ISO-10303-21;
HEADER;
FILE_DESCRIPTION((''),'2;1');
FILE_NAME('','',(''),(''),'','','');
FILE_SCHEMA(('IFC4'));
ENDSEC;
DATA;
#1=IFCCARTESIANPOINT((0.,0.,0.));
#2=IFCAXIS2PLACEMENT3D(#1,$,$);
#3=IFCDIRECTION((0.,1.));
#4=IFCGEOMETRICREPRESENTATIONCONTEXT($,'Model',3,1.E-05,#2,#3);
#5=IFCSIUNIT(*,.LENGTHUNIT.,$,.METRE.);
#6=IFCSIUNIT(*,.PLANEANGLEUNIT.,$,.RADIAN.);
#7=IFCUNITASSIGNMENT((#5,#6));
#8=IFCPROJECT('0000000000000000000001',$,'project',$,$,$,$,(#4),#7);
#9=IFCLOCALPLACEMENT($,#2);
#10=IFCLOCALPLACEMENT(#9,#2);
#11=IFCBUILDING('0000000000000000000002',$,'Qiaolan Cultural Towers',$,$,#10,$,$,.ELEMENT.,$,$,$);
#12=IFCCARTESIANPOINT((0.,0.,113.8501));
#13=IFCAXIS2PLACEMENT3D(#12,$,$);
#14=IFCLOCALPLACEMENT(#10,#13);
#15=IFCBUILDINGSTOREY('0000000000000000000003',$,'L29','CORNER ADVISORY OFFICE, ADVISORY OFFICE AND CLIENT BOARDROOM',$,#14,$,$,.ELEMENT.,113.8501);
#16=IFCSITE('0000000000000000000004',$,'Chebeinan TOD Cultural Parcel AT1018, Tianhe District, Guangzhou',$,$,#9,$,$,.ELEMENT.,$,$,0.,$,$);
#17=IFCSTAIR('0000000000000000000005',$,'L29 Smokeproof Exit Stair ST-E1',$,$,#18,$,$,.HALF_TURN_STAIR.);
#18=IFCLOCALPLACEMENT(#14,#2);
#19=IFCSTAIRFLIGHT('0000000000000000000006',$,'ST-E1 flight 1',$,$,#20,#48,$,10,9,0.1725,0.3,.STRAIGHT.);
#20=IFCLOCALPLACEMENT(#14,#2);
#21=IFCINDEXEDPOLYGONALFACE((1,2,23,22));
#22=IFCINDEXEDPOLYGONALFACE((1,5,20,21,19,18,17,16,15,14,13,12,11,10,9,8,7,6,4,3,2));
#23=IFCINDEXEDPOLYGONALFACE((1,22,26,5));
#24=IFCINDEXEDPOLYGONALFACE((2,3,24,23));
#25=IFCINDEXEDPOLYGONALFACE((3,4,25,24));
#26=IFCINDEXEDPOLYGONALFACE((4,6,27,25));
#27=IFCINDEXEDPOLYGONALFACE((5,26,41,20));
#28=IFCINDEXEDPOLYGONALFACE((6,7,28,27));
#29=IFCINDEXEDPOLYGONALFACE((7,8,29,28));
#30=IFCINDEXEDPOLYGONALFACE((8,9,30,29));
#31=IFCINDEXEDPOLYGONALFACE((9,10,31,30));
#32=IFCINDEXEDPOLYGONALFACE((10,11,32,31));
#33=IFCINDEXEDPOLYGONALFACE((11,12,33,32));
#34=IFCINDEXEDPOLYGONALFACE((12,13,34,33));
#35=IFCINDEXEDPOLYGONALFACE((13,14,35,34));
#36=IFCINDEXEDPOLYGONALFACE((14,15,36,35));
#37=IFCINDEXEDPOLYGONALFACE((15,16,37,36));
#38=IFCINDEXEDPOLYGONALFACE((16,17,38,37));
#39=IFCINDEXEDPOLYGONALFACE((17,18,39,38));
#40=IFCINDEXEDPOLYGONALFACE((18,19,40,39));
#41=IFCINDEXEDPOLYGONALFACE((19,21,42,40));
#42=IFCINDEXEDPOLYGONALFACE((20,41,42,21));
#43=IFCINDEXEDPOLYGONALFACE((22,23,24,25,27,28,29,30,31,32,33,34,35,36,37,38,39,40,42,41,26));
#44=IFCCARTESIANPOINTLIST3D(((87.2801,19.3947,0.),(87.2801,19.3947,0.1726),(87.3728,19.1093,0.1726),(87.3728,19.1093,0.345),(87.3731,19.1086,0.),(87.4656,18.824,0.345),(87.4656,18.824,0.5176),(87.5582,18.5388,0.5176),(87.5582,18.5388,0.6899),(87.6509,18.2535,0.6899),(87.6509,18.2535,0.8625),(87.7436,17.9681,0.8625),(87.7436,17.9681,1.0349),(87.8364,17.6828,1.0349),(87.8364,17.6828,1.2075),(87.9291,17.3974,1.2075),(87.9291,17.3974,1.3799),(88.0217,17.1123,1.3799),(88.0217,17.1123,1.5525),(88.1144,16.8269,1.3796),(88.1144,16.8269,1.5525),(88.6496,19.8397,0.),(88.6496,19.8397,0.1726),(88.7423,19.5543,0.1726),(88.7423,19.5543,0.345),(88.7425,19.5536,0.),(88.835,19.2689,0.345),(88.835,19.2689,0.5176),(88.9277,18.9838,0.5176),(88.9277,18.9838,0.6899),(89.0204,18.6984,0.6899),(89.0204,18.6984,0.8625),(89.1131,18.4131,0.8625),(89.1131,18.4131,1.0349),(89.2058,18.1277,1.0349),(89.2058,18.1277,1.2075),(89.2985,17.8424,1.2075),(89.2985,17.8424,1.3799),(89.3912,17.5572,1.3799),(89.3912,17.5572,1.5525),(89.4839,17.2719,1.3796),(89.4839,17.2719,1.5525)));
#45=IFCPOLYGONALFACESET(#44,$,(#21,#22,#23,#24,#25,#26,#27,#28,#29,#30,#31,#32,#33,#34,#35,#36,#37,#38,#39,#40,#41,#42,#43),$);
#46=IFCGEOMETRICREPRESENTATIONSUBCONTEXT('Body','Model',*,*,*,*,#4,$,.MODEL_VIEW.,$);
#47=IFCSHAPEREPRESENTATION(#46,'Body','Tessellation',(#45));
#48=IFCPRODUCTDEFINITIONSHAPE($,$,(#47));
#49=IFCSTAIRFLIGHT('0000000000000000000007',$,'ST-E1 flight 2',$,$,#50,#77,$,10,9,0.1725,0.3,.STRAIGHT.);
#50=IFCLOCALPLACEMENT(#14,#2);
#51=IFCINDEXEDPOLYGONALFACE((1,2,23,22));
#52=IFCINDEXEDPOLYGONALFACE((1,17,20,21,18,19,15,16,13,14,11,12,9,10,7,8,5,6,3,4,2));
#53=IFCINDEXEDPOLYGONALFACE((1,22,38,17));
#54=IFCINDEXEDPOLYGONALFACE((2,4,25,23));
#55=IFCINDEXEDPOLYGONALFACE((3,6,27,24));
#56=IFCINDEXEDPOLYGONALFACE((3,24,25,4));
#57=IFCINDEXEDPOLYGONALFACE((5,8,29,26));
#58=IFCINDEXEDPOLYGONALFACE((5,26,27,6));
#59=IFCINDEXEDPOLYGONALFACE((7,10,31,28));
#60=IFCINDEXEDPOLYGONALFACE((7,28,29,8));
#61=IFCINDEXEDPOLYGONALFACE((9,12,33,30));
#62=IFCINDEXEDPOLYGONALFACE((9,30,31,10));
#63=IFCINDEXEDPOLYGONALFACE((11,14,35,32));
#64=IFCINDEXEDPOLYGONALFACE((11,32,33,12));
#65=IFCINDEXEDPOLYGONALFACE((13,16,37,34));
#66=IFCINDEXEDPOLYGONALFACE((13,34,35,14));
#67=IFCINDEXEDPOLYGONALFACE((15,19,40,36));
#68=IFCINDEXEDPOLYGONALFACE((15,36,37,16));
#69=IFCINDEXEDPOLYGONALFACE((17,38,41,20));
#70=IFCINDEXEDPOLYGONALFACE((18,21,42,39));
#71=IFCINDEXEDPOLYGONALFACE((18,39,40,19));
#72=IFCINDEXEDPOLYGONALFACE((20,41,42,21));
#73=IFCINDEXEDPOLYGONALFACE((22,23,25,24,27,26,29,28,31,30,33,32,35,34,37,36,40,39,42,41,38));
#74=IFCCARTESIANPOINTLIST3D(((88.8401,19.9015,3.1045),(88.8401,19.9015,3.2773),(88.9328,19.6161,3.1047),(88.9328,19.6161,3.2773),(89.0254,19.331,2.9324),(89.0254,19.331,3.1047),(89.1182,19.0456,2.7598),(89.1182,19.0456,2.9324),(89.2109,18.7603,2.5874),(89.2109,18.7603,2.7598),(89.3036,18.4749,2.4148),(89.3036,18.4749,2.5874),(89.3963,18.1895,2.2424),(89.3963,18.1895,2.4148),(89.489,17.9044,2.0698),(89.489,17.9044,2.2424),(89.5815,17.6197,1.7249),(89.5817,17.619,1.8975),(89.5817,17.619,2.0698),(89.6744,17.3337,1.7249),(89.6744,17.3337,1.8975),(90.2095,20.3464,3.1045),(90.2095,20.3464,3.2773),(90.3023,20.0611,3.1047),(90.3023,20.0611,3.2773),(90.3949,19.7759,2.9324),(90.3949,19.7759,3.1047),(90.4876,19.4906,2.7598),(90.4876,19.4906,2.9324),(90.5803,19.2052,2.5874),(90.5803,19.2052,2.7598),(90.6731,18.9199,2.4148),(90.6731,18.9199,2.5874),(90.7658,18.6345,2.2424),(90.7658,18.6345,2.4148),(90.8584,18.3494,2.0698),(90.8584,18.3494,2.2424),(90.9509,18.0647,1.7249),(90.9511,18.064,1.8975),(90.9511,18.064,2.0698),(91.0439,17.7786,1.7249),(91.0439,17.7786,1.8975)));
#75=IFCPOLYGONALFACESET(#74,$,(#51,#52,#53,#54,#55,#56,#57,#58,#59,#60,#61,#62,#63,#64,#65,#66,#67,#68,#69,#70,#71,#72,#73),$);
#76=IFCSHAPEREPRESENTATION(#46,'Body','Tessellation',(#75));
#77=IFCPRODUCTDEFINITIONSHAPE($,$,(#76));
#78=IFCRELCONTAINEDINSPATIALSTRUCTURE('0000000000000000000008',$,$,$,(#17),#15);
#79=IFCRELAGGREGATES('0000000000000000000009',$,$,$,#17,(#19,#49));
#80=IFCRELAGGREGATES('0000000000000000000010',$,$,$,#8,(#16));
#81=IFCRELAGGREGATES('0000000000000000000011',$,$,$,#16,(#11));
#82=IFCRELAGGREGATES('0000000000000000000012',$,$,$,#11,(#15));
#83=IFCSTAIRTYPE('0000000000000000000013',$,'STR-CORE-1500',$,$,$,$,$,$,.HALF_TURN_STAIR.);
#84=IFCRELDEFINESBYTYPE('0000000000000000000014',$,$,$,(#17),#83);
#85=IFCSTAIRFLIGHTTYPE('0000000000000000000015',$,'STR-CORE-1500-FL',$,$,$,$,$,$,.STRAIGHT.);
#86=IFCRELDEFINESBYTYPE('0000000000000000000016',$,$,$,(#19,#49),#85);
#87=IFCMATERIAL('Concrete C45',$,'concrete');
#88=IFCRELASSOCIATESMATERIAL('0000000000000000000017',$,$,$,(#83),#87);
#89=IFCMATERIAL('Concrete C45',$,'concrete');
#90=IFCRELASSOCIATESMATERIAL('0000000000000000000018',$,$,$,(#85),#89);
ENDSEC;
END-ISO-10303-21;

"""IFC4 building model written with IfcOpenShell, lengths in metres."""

from ifc_helpers import new_model, si_unit, direction, frame, origin, place, context, subcontext, project, spatial, polyline, outline, extrude, material, type_object, element, aggregate, save


model = new_model("IFC4")

# Units and contexts
model_context = context("Model", 3, precision=1e-05, world=origin(), true_north=direction((0.0, 1.0)))
body_context = subcontext(model_context, "Body", "Model", "MODEL_VIEW")
ifc_project = project(units=[si_unit("LENGTHUNIT", "METRE"), si_unit("PLANEANGLEUNIT", "RADIAN")], contexts=[model_context])

# Site, building, storey
site_placement = place(None, origin())
site = spatial("IfcSite", under=ifc_project, at=site_placement, Name="Chebeinan TOD Cultural Parcel AT1018, Tianhe District, Guangzhou", CompositionType="ELEMENT", RefElevation=0.0)
building_placement = place(site_placement, origin())
building = spatial("IfcBuilding", under=site, at=building_placement, Name="Qiaolan Cultural Towers", CompositionType="ELEMENT")
storey_placement = place(building_placement, frame((0.0, 0.0, 113.8501)))
storey = spatial("IfcBuildingStorey", under=building, at=storey_placement, Name="L29", Description="CORNER ADVISORY OFFICE, ADVISORY OFFICE AND CLIENT BOARDROOM", CompositionType="ELEMENT", Elevation=113.8501)

# Stair, stair flights
ifc_material_1 = material(Name="Concrete C45", Category="concrete")
stair_type = type_object("IfcStairType", Name="STR-CORE-1500", PredefinedType="HALF_TURN_STAIR", material=ifc_material_1)
stair_placement = place(storey_placement, origin())
stair = element("IfcStair", 1, at=stair_placement, inside=storey, type_object=stair_type, Name="L29 Smokeproof Exit Stair ST-E1", PredefinedType="HALF_TURN_STAIR")
ifc_material_2 = material(Name="Concrete C45", Category="concrete")
stair_flight_type = type_object("IfcStairFlightType", Name="STR-CORE-1500-FL", PredefinedType="STRAIGHT", material=ifc_material_2)
stair_flight_1_placement = place(storey_placement, frame((87.9648, 19.6172, 0.0), z_axis=(0.0, 0.0, 1.0), x_axis=(0.309017, -0.951057, 0.0)))
stair_flight_1 = element("IfcStairFlight", 2, at=stair_flight_1_placement, type_object=stair_flight_type, Name="ST-E1 flight 1", NumberOfRisers=10, NumberOfTreads=9, PredefinedType="STRAIGHT", RiserHeight=0.1725, TreadLength=0.3, context=body_context, shape_type="SweptSolid", body=[
    extrude(outline(polyline([(0.0, 0.0), (0.0, 0.1726), (0.3, 0.1726), (0.3, 0.345), (0.6001, 0.345), (0.6001, 0.5176), (0.8999, 0.5176), (0.8999, 0.6899), (1.2, 0.6899), (1.2, 0.8625), (1.5, 0.8625), (1.5, 1.0349), (1.8, 1.0349), (1.8, 1.2075), (2.1001, 1.2075), (2.1001, 1.3799), (2.3999, 1.3799), (2.3999, 1.5525), (2.7, 1.5525), (2.7, 1.7251), (2.7, 1.3796), (0.3008, 0.0), (0.0, 0.0)])), frame((0.0, 0.72, 0.0), z_axis=(0.0, -1.0, 0.0), x_axis=(1.0, 0.0, 0.0)), (0.0, 0.0, 1.0), 1.4399),
])
stair_flight_2_placement = place(storey_placement, frame((90.3591, 17.5562, 1.7249), z_axis=(0.0, 0.0, 1.0), x_axis=(-0.309017, 0.951057, 0.0)))
stair_flight_2 = element("IfcStairFlight", 3, at=stair_flight_2_placement, type_object=stair_flight_type, Name="ST-E1 flight 2", NumberOfRisers=10, NumberOfTreads=9, PredefinedType="STRAIGHT", RiserHeight=0.1725, TreadLength=0.3, context=body_context, shape_type="SweptSolid", body=[
    extrude(outline(polyline([(0.0, 0.0), (0.0, 0.1726), (0.3, 0.1726), (0.3, 0.345), (0.6001, 0.345), (0.6001, 0.5176), (0.8999, 0.5176), (0.8999, 0.6899), (1.2, 0.6899), (1.2, 0.8625), (1.5, 0.8625), (1.5, 1.0349), (1.8, 1.0349), (1.8, 1.2075), (2.1001, 1.2075), (2.1001, 1.3799), (2.3999, 1.3799), (2.3999, 1.5525), (2.7, 1.5525), (2.7, 1.7251), (2.7, 1.3796), (0.3008, 0.0), (0.0, 0.0)])), frame((0.0, 0.72, 0.0), z_axis=(0.0, -1.0, 0.0), x_axis=(1.0, 0.0, 0.0)), (0.0, 0.0, 1.0), 1.4399),
])
aggregate(stair, [stair_flight_1, stair_flight_2])

save(model, "model.ifc")
